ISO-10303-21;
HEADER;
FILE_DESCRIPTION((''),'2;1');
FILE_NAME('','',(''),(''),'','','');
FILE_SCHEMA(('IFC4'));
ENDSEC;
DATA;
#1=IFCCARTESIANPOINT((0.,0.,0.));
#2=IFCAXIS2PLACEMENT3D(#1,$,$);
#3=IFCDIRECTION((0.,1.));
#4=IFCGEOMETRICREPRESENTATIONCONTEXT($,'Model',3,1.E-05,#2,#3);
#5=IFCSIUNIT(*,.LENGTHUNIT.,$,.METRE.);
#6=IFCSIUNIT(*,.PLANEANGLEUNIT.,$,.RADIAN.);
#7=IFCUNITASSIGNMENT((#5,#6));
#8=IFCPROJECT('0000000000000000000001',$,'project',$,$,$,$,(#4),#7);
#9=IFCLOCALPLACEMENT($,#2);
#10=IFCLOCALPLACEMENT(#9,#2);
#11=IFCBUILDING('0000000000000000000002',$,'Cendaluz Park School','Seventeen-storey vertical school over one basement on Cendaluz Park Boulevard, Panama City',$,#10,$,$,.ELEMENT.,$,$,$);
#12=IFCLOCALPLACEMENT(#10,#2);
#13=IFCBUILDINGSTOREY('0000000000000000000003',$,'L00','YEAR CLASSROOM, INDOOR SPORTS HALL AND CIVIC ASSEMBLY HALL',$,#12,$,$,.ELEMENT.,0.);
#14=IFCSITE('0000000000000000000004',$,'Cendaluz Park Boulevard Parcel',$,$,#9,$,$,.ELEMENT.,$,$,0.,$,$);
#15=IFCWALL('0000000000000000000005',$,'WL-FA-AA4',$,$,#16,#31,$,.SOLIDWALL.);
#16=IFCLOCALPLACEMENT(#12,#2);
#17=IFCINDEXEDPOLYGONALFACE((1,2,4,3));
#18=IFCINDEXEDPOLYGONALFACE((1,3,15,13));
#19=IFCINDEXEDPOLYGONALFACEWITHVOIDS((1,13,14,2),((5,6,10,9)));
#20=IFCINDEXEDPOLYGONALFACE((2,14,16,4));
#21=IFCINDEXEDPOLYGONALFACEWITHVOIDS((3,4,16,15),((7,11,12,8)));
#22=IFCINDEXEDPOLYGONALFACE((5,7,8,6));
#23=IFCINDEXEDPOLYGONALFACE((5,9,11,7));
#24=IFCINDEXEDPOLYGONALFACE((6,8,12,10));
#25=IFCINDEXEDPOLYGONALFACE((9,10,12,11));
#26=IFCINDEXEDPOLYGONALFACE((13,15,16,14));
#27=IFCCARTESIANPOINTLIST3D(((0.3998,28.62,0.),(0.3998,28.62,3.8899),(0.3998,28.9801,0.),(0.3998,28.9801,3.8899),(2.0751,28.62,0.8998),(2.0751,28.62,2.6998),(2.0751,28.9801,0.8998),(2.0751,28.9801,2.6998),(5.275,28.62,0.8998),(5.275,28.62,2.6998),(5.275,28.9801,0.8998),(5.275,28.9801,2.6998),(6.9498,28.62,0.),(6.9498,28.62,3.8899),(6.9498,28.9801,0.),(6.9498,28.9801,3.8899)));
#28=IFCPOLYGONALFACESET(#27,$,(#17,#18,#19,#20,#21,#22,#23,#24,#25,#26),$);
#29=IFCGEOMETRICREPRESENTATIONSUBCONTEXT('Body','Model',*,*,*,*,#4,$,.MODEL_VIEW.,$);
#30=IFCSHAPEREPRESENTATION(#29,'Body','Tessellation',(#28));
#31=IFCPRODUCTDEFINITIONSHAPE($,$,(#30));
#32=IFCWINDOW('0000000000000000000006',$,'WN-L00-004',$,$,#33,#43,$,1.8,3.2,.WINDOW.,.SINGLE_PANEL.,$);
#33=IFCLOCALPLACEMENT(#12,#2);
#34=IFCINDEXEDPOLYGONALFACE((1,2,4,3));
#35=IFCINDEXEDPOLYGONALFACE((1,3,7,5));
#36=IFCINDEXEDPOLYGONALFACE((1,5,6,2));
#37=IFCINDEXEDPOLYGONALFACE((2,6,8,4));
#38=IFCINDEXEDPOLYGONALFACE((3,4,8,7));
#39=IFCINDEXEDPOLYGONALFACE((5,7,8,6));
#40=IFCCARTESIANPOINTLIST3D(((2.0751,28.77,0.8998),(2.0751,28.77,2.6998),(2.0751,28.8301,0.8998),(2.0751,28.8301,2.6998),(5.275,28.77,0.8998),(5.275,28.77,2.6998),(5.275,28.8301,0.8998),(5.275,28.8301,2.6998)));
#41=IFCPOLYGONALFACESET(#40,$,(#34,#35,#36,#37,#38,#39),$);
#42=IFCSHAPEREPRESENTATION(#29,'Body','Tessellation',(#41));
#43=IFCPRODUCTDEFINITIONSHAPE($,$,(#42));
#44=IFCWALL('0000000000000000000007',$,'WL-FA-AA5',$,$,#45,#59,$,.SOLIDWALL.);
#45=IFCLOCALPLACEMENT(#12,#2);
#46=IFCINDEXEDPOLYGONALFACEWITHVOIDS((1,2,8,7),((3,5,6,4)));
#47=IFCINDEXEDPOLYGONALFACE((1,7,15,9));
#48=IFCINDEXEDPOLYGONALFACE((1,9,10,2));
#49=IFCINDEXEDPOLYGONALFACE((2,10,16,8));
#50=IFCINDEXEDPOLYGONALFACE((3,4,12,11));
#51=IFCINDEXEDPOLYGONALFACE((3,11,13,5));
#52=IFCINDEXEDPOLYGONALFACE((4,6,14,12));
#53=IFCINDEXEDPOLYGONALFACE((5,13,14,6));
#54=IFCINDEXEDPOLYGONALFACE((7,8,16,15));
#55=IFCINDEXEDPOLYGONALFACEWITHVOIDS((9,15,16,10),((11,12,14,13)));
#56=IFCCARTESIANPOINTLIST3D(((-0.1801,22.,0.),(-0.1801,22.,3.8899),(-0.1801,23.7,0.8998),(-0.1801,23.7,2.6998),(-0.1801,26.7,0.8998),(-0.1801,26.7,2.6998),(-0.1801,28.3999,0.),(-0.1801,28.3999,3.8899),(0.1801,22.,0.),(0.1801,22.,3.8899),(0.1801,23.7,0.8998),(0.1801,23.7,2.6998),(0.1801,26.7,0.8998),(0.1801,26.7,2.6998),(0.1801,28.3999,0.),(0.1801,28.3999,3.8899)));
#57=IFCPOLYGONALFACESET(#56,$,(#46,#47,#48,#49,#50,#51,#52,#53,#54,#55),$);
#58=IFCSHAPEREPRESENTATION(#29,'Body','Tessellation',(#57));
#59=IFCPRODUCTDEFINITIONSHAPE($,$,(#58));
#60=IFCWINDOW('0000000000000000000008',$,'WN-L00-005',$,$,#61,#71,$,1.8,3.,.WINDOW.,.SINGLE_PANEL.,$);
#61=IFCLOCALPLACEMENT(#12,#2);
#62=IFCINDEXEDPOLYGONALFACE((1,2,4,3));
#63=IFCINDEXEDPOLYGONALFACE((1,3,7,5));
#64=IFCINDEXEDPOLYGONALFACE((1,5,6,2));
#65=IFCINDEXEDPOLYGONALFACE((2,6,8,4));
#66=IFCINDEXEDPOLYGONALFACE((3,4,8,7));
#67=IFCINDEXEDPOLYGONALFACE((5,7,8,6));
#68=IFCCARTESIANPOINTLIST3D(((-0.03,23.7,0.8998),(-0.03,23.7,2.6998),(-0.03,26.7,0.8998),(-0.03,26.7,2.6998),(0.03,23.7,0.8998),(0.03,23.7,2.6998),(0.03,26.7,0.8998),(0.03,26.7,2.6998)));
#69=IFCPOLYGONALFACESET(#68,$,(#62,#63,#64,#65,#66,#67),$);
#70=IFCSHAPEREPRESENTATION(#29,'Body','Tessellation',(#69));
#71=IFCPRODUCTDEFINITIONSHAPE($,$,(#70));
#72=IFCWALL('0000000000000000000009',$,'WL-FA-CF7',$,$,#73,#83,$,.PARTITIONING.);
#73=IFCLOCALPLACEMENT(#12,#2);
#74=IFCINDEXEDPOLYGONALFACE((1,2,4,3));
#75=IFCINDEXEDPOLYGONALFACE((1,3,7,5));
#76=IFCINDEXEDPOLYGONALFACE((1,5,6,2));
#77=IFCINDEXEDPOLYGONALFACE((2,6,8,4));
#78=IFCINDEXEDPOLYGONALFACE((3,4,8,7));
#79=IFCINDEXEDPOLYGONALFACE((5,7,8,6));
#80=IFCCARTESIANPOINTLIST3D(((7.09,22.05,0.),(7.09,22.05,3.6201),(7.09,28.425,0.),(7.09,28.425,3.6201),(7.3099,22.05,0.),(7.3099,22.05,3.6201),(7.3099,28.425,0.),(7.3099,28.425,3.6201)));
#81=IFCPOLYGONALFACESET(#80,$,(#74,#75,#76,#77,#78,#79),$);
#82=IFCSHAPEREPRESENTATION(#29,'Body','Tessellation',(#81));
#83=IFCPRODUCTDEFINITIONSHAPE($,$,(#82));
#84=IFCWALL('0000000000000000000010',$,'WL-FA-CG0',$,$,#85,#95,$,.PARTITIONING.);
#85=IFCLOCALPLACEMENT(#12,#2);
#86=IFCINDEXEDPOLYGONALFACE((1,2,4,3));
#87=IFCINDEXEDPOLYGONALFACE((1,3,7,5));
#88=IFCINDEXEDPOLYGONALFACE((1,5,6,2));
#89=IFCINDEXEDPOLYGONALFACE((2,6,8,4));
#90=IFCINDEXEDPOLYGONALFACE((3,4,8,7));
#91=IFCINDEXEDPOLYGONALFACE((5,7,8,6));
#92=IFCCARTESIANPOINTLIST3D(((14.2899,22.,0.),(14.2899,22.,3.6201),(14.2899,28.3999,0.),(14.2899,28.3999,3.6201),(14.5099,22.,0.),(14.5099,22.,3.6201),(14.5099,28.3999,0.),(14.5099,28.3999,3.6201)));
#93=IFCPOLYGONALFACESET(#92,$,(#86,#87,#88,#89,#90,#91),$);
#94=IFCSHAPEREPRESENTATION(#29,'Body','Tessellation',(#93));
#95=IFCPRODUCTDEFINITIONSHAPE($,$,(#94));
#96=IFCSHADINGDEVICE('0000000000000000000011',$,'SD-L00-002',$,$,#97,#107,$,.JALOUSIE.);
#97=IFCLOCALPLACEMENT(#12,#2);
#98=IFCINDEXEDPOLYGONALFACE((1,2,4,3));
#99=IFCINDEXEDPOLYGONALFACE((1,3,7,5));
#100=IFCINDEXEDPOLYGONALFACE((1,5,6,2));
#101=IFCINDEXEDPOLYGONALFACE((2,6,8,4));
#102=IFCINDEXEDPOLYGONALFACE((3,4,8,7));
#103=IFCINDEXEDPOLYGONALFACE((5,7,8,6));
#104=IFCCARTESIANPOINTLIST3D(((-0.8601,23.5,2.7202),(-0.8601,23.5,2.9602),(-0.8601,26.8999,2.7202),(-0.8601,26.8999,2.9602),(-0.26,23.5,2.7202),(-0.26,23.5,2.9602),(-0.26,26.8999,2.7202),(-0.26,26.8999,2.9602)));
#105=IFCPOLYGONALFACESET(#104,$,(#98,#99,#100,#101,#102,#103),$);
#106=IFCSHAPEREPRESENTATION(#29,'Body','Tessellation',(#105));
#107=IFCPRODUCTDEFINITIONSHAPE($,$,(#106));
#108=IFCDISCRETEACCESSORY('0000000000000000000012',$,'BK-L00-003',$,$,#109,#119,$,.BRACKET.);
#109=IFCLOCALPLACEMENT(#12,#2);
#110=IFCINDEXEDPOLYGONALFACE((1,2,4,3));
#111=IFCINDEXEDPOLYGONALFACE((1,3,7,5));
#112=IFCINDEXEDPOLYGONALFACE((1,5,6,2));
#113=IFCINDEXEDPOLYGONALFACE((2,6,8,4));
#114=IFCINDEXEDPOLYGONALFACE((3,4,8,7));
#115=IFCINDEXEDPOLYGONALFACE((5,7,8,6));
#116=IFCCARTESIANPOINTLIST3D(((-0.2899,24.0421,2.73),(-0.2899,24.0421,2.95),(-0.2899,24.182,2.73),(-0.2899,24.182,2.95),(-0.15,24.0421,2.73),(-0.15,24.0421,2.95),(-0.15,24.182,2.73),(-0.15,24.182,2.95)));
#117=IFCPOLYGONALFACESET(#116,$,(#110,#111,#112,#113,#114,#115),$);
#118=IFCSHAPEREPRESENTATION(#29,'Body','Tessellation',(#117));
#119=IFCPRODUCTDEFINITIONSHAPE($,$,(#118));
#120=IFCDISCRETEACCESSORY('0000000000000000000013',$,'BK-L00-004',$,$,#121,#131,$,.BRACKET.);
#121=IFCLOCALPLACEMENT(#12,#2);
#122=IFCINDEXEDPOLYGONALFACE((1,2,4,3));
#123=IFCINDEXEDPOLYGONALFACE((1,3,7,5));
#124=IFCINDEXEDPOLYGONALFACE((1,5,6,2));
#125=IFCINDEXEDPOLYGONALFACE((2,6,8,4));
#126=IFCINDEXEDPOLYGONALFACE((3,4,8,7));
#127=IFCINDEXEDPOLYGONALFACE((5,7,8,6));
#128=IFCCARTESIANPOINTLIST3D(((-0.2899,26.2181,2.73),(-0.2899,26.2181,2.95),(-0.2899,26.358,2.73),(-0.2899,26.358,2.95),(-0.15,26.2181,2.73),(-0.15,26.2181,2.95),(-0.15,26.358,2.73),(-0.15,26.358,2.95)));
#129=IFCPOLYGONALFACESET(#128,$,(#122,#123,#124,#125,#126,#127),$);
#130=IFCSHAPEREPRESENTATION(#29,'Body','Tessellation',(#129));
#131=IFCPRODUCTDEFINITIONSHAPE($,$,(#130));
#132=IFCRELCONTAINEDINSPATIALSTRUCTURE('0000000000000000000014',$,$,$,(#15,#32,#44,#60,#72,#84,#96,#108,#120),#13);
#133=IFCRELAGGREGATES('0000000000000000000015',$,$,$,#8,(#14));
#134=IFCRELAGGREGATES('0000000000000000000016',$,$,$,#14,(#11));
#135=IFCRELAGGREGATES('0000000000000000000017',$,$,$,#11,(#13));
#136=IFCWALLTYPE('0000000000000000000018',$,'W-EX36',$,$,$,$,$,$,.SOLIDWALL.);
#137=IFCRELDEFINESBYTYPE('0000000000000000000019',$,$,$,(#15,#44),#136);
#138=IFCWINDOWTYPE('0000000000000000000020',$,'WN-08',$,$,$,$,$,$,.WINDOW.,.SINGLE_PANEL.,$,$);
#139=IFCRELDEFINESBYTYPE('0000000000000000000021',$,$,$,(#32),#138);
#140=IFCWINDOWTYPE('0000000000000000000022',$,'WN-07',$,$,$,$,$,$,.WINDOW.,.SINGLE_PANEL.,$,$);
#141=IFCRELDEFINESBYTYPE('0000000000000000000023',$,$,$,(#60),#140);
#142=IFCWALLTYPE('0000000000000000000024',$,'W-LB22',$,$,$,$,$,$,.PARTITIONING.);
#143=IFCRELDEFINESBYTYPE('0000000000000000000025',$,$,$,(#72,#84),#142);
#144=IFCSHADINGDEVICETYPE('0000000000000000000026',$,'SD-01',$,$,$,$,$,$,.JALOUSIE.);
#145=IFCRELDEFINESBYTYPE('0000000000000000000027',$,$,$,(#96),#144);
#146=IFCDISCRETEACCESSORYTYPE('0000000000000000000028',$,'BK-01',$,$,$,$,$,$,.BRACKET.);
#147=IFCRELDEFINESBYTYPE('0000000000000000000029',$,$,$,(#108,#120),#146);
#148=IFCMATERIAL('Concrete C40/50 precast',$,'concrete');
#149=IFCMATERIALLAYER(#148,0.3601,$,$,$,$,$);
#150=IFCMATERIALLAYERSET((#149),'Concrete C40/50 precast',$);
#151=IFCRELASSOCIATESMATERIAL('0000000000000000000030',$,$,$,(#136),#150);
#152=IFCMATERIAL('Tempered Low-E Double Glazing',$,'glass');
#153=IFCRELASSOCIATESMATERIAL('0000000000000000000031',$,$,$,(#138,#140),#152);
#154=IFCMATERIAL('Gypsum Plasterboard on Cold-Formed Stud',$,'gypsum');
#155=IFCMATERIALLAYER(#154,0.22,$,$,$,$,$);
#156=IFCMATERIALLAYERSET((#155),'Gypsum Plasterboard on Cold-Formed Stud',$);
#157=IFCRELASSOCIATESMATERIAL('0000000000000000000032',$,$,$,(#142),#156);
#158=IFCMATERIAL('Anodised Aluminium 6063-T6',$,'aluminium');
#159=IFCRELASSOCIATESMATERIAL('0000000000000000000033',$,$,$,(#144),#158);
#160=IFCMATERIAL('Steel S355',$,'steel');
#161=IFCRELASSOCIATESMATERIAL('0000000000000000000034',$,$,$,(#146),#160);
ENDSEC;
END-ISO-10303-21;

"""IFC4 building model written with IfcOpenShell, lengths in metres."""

from ifc_helpers import new_model, si_unit, direction, frame, frame_2d, origin, origin_2d, place, context, subcontext, project, spatial, rectangle, extrude, material, layer, layer_set, type_object, element, fill, save


model = new_model("IFC4")

# Units and contexts
model_context = context("Model", 3, precision=1e-05, world=origin(), true_north=direction((0.0, 1.0)))
body_context = subcontext(model_context, "Body", "Model", "MODEL_VIEW")
ifc_project = project(units=[si_unit("LENGTHUNIT", "METRE"), si_unit("PLANEANGLEUNIT", "RADIAN")], contexts=[model_context])

# Site, building, storey
site_placement = place(None, origin())
site = spatial("IfcSite", under=ifc_project, at=site_placement, Name="Cendaluz Park Boulevard Parcel", CompositionType="ELEMENT", RefElevation=0.0)
building_placement = place(site_placement, origin())
building = spatial("IfcBuilding", under=site, at=building_placement, Name="Cendaluz Park School", Description="Seventeen-storey vertical school over one basement on Cendaluz Park Boulevard, Panama City", CompositionType="ELEMENT")
storey_placement = place(building_placement, origin())
storey = spatial("IfcBuildingStorey", under=building, at=storey_placement, Name="L00", Description="YEAR CLASSROOM, INDOOR SPORTS HALL AND CIVIC ASSEMBLY HALL", CompositionType="ELEMENT", Elevation=0.0)

# Walls, openings, windows
ifc_material_1 = material(Name="Concrete C40/50 precast", Category="concrete")
ifc_layer_1 = layer(ifc_material_1, 0.3601)
ifc_layer_set_1 = layer_set([ifc_layer_1], Name="Concrete C40/50 precast")
wall_type_1 = type_object("IfcWallType", Name="W-EX36", PredefinedType="SOLIDWALL", material=ifc_layer_set_1)
wall_1_placement = place(storey_placement, frame((0.3999, 28.8, 0.0), z_axis=(0.0, 0.0, 1.0), x_axis=(1.0, 0.0, 0.0)))
wall_1 = element("IfcWall", 1, at=wall_1_placement, inside=storey, type_object=wall_type_1, Name="WL-FA-AA4", PredefinedType="SOLIDWALL", context=body_context, shape_type="SweptSolid", body=[
    extrude(rectangle(XDim=6.55, YDim=0.3601, at=frame_2d((3.2749, 0.0))), origin(), (0.0, 0.0, 1.0), 3.8899),
])
opening_1_placement = place(wall_1_placement, frame((1.675, 0.0, 0.8999)))
opening_1 = element("IfcOpeningElement", 2, at=opening_1_placement, cuts=wall_1, PredefinedType="OPENING", context=body_context, shape_type="SweptSolid", body=[
    extrude(rectangle(XDim=3.2, YDim=1.8, at=frame_2d((1.6001, 0.8999))), frame((0.0, 0.1921, 0.0), z_axis=(0.0, -1.0, 0.0), x_axis=(1.0, 0.0, 0.0)), (0.0, 0.0, 1.0), 0.384),
])
ifc_material_2 = material(Name="Tempered Low-E Double Glazing", Category="glass")
window_type_1 = type_object("IfcWindowType", Name="WN-08", PartitioningType="SINGLE_PANEL", PredefinedType="WINDOW", material=ifc_material_2)
window_1_placement = place(opening_1_placement, origin())
window_1 = element("IfcWindow", 3, at=window_1_placement, inside=storey, type_object=window_type_1, Name="WN-L00-004", OverallHeight=1.8, OverallWidth=3.2, PartitioningType="SINGLE_PANEL", PredefinedType="WINDOW", context=body_context, shape_type="SweptSolid", body=[
    extrude(rectangle(XDim=3.2, YDim=1.8, at=frame_2d((1.6001, 0.8999))), frame((0.0, 0.03, 0.0), z_axis=(0.0, -1.0, 0.0), x_axis=(1.0, 0.0, 0.0)), (0.0, 0.0, 1.0), 0.0601),
])
fill(opening_1, window_1)
wall_2_placement = place(storey_placement, frame((0.0, 22.0, 0.0), z_axis=(0.0, 0.0, 1.0), x_axis=(0.0, 1.0, 0.0)))
wall_2 = element("IfcWall", 4, at=wall_2_placement, inside=storey, type_object=wall_type_1, Name="WL-FA-AA5", PredefinedType="SOLIDWALL", context=body_context, shape_type="SweptSolid", body=[
    extrude(rectangle(XDim=6.3999, YDim=0.3601, at=frame_2d((3.2, 0.0))), origin(), (0.0, 0.0, 1.0), 3.8899),
])
opening_2_placement = place(wall_2_placement, frame((1.7, 0.0, 0.8999)))
opening_2 = element("IfcOpeningElement", 5, at=opening_2_placement, cuts=wall_2, PredefinedType="OPENING", context=body_context, shape_type="SweptSolid", body=[
    extrude(rectangle(XDim=3.0, YDim=1.8, at=frame_2d((1.5, 0.8999))), frame((0.0, 0.1921, 0.0), z_axis=(0.0, -1.0, 0.0), x_axis=(1.0, 0.0, 0.0)), (0.0, 0.0, 1.0), 0.384),
])
window_type_2 = type_object("IfcWindowType", Name="WN-07", PartitioningType="SINGLE_PANEL", PredefinedType="WINDOW", material=ifc_material_2)
window_2_placement = place(opening_2_placement, origin())
window_2 = element("IfcWindow", 6, at=window_2_placement, inside=storey, type_object=window_type_2, Name="WN-L00-005", OverallHeight=1.8, OverallWidth=3.0, PartitioningType="SINGLE_PANEL", PredefinedType="WINDOW", context=body_context, shape_type="SweptSolid", body=[
    extrude(rectangle(XDim=3.0, YDim=1.8, at=frame_2d((1.5, 0.8999))), frame((0.0, 0.03, 0.0), z_axis=(0.0, -1.0, 0.0), x_axis=(1.0, 0.0, 0.0)), (0.0, 0.0, 1.0), 0.0601),
])
fill(opening_2, window_2)

# Walls
ifc_material_3 = material(Name="Gypsum Plasterboard on Cold-Formed Stud", Category="gypsum")
ifc_layer_2 = layer(ifc_material_3, 0.22)
ifc_layer_set_2 = layer_set([ifc_layer_2], Name="Gypsum Plasterboard on Cold-Formed Stud")
wall_type_2 = type_object("IfcWallType", Name="W-LB22", PredefinedType="PARTITIONING", material=ifc_layer_set_2)
wall_3_placement = place(storey_placement, frame((7.2, 22.05, 0.0), z_axis=(0.0, 0.0, 1.0), x_axis=(0.0, 1.0, 0.0)))
element("IfcWall", 7, at=wall_3_placement, inside=storey, type_object=wall_type_2, Name="WL-FA-CF7", PredefinedType="PARTITIONING", context=body_context, shape_type="SweptSolid", body=[
    extrude(rectangle(XDim=6.375, YDim=0.22, at=frame_2d((3.1875, 0.0))), origin(), (0.0, 0.0, 1.0), 3.6201),
])
wall_4_placement = place(storey_placement, frame((14.3999, 22.0, 0.0), z_axis=(0.0, 0.0, 1.0), x_axis=(0.0, 1.0, 0.0)))
element("IfcWall", 8, at=wall_4_placement, inside=storey, type_object=wall_type_2, Name="WL-FA-CG0", PredefinedType="PARTITIONING", context=body_context, shape_type="SweptSolid", body=[
    extrude(rectangle(XDim=6.3999, YDim=0.22, at=frame_2d((3.2, 0.0))), origin(), (0.0, 0.0, 1.0), 3.6201),
])

# Shading device
ifc_material_4 = material(Name="Anodised Aluminium 6063-T6", Category="aluminium")
shading_device_type = type_object("IfcShadingDeviceType", Name="SD-01", PredefinedType="JALOUSIE", material=ifc_material_4)
shading_device_placement = place(storey_placement, frame((-0.5601, 25.2, 2.7202), z_axis=(0.0, 0.0, 1.0), x_axis=(0.0, 1.0, 0.0)))
element("IfcShadingDevice", 9, at=shading_device_placement, inside=storey, type_object=shading_device_type, Name="SD-L00-002", PredefinedType="JALOUSIE", context=body_context, shape_type="SweptSolid", body=[
    extrude(rectangle(XDim=3.3999, YDim=0.6001, at=origin_2d()), origin(), (0.0, 0.0, 1.0), 0.24),
])

# Discrete accessories
ifc_material_5 = material(Name="Steel S355", Category="steel")
discrete_accessory_type = type_object("IfcDiscreteAccessoryType", Name="BK-01", PredefinedType="BRACKET", material=ifc_material_5)
for number, where, z_axis, x_axis, name in (
    (10, (-0.22, 24.1121, 2.73), (0.0, 0.0, 1.0), (0.0, 1.0, 0.0), "BK-L00-003"),
    (11, (-0.22, 26.2881, 2.73), (0.0, 0.0, 1.0), (0.0, 1.0, 0.0), "BK-L00-004"),
):
    element("IfcDiscreteAccessory", number, at=place(storey_placement, frame(where, z_axis=z_axis, x_axis=x_axis)), inside=storey, type_object=discrete_accessory_type, Name=name, PredefinedType="BRACKET", context=body_context, shape_type="SweptSolid", body=[
        extrude(rectangle(XDim=0.1399, YDim=0.1399, at=origin_2d()), origin(), (0.0, 0.0, 1.0), 0.22),
    ])

save(model, "model.ifc")
